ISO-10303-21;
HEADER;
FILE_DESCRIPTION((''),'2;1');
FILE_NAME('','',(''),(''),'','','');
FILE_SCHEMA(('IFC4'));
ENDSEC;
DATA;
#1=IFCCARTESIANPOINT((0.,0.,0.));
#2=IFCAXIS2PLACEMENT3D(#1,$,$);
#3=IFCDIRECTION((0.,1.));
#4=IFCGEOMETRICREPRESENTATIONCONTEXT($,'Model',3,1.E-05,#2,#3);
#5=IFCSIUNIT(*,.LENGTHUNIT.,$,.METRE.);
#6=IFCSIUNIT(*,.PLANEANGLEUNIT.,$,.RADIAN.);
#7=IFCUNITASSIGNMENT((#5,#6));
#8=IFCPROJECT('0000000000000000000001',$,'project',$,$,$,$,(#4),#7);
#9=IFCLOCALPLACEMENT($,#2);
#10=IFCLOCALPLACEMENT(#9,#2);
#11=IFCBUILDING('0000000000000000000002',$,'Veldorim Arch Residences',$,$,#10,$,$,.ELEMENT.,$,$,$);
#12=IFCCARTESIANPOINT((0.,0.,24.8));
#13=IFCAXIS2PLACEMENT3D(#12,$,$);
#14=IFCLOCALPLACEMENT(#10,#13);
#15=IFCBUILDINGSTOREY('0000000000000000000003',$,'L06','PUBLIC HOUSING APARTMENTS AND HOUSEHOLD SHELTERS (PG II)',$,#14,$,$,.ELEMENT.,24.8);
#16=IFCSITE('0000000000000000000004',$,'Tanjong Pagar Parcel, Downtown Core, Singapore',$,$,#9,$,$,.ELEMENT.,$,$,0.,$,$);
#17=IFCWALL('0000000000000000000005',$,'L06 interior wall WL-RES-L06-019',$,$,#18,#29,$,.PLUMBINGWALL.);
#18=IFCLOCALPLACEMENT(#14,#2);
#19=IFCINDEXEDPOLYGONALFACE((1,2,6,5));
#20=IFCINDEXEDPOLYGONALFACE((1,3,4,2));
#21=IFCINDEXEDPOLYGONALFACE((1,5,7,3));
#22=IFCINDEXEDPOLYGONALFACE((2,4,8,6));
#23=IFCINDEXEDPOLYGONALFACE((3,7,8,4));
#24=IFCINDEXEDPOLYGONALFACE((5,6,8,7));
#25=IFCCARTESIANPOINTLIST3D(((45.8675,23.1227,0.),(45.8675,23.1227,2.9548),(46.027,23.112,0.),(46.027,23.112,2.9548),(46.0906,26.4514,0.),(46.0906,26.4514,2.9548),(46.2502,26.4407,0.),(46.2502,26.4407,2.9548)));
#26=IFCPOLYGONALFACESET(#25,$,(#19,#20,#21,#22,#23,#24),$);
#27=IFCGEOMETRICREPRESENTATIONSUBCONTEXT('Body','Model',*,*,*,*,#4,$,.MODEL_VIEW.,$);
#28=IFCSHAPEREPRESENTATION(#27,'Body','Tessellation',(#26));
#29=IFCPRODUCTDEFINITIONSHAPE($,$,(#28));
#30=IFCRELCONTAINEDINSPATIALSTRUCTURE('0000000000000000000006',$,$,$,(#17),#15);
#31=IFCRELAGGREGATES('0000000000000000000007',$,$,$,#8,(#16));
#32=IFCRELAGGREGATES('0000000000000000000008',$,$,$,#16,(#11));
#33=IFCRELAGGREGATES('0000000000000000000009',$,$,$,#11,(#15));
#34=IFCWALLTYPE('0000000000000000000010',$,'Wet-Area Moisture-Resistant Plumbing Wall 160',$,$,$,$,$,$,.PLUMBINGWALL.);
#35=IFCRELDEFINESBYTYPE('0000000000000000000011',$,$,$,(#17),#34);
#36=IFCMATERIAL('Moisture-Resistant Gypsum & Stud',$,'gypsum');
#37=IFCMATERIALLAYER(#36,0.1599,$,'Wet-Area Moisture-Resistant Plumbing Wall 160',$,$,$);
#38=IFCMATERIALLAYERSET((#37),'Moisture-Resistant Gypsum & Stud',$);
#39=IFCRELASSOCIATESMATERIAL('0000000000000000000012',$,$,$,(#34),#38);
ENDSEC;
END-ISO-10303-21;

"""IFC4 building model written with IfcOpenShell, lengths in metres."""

from ifc_helpers import new_model, si_unit, direction, frame, frame_2d, origin, place, context, subcontext, project, spatial, rectangle, extrude, material, layer, layer_set, type_object, element, save


model = new_model("IFC4")

# Units and contexts
model_context = context("Model", 3, precision=1e-05, world=origin(), true_north=direction((0.0, 1.0)))
body_context = subcontext(model_context, "Body", "Model", "MODEL_VIEW")
ifc_project = project(units=[si_unit("LENGTHUNIT", "METRE"), si_unit("PLANEANGLEUNIT", "RADIAN")], contexts=[model_context])

# Site, building, storey
site_placement = place(None, origin())
site = spatial("IfcSite", under=ifc_project, at=site_placement, Name="Tanjong Pagar Parcel, Downtown Core, Singapore", CompositionType="ELEMENT", RefElevation=0.0)
building_placement = place(site_placement, origin())
building = spatial("IfcBuilding", under=site, at=building_placement, Name="Veldorim Arch Residences", CompositionType="ELEMENT")
storey_placement = place(building_placement, frame((0.0, 0.0, 24.8)))
storey = spatial("IfcBuildingStorey", under=building, at=storey_placement, Name="L06", Description="PUBLIC HOUSING APARTMENTS AND HOUSEHOLD SHELTERS (PG II)", CompositionType="ELEMENT", Elevation=24.8)

# Shared definitions
ifc_material_1 = material(Name="Moisture-Resistant Gypsum & Stud", Category="gypsum")
ifc_layer_1 = layer(ifc_material_1, 0.1599, Name="Wet-Area Moisture-Resistant Plumbing Wall 160")
ifc_layer_set_1 = layer_set([ifc_layer_1], Name="Moisture-Resistant Gypsum & Stud")
wall_type_1 = type_object("IfcWallType", Name="Wet-Area Moisture-Resistant Plumbing Wall 160", PredefinedType="PLUMBINGWALL", material=ifc_layer_set_1)

# Wall
wall_1_placement = place(storey_placement, frame((45.9473, 23.1174, 0.0), z_axis=(0.0, 0.0, 1.0), x_axis=(0.066888, 0.99776, 0.0)))
element("IfcWall", 1, at=wall_1_placement, inside=storey, type_object=wall_type_1, Name="L06 interior wall WL-RES-L06-019", PredefinedType="PLUMBINGWALL", context=body_context, shape_type="SweptSolid", body=[
    extrude(rectangle(XDim=3.3362, YDim=0.1599, at=frame_2d((1.668, 0.0))), origin(), (0.0, 0.0, 1.0), 2.9548),
])

save(model, "model.ifc")
